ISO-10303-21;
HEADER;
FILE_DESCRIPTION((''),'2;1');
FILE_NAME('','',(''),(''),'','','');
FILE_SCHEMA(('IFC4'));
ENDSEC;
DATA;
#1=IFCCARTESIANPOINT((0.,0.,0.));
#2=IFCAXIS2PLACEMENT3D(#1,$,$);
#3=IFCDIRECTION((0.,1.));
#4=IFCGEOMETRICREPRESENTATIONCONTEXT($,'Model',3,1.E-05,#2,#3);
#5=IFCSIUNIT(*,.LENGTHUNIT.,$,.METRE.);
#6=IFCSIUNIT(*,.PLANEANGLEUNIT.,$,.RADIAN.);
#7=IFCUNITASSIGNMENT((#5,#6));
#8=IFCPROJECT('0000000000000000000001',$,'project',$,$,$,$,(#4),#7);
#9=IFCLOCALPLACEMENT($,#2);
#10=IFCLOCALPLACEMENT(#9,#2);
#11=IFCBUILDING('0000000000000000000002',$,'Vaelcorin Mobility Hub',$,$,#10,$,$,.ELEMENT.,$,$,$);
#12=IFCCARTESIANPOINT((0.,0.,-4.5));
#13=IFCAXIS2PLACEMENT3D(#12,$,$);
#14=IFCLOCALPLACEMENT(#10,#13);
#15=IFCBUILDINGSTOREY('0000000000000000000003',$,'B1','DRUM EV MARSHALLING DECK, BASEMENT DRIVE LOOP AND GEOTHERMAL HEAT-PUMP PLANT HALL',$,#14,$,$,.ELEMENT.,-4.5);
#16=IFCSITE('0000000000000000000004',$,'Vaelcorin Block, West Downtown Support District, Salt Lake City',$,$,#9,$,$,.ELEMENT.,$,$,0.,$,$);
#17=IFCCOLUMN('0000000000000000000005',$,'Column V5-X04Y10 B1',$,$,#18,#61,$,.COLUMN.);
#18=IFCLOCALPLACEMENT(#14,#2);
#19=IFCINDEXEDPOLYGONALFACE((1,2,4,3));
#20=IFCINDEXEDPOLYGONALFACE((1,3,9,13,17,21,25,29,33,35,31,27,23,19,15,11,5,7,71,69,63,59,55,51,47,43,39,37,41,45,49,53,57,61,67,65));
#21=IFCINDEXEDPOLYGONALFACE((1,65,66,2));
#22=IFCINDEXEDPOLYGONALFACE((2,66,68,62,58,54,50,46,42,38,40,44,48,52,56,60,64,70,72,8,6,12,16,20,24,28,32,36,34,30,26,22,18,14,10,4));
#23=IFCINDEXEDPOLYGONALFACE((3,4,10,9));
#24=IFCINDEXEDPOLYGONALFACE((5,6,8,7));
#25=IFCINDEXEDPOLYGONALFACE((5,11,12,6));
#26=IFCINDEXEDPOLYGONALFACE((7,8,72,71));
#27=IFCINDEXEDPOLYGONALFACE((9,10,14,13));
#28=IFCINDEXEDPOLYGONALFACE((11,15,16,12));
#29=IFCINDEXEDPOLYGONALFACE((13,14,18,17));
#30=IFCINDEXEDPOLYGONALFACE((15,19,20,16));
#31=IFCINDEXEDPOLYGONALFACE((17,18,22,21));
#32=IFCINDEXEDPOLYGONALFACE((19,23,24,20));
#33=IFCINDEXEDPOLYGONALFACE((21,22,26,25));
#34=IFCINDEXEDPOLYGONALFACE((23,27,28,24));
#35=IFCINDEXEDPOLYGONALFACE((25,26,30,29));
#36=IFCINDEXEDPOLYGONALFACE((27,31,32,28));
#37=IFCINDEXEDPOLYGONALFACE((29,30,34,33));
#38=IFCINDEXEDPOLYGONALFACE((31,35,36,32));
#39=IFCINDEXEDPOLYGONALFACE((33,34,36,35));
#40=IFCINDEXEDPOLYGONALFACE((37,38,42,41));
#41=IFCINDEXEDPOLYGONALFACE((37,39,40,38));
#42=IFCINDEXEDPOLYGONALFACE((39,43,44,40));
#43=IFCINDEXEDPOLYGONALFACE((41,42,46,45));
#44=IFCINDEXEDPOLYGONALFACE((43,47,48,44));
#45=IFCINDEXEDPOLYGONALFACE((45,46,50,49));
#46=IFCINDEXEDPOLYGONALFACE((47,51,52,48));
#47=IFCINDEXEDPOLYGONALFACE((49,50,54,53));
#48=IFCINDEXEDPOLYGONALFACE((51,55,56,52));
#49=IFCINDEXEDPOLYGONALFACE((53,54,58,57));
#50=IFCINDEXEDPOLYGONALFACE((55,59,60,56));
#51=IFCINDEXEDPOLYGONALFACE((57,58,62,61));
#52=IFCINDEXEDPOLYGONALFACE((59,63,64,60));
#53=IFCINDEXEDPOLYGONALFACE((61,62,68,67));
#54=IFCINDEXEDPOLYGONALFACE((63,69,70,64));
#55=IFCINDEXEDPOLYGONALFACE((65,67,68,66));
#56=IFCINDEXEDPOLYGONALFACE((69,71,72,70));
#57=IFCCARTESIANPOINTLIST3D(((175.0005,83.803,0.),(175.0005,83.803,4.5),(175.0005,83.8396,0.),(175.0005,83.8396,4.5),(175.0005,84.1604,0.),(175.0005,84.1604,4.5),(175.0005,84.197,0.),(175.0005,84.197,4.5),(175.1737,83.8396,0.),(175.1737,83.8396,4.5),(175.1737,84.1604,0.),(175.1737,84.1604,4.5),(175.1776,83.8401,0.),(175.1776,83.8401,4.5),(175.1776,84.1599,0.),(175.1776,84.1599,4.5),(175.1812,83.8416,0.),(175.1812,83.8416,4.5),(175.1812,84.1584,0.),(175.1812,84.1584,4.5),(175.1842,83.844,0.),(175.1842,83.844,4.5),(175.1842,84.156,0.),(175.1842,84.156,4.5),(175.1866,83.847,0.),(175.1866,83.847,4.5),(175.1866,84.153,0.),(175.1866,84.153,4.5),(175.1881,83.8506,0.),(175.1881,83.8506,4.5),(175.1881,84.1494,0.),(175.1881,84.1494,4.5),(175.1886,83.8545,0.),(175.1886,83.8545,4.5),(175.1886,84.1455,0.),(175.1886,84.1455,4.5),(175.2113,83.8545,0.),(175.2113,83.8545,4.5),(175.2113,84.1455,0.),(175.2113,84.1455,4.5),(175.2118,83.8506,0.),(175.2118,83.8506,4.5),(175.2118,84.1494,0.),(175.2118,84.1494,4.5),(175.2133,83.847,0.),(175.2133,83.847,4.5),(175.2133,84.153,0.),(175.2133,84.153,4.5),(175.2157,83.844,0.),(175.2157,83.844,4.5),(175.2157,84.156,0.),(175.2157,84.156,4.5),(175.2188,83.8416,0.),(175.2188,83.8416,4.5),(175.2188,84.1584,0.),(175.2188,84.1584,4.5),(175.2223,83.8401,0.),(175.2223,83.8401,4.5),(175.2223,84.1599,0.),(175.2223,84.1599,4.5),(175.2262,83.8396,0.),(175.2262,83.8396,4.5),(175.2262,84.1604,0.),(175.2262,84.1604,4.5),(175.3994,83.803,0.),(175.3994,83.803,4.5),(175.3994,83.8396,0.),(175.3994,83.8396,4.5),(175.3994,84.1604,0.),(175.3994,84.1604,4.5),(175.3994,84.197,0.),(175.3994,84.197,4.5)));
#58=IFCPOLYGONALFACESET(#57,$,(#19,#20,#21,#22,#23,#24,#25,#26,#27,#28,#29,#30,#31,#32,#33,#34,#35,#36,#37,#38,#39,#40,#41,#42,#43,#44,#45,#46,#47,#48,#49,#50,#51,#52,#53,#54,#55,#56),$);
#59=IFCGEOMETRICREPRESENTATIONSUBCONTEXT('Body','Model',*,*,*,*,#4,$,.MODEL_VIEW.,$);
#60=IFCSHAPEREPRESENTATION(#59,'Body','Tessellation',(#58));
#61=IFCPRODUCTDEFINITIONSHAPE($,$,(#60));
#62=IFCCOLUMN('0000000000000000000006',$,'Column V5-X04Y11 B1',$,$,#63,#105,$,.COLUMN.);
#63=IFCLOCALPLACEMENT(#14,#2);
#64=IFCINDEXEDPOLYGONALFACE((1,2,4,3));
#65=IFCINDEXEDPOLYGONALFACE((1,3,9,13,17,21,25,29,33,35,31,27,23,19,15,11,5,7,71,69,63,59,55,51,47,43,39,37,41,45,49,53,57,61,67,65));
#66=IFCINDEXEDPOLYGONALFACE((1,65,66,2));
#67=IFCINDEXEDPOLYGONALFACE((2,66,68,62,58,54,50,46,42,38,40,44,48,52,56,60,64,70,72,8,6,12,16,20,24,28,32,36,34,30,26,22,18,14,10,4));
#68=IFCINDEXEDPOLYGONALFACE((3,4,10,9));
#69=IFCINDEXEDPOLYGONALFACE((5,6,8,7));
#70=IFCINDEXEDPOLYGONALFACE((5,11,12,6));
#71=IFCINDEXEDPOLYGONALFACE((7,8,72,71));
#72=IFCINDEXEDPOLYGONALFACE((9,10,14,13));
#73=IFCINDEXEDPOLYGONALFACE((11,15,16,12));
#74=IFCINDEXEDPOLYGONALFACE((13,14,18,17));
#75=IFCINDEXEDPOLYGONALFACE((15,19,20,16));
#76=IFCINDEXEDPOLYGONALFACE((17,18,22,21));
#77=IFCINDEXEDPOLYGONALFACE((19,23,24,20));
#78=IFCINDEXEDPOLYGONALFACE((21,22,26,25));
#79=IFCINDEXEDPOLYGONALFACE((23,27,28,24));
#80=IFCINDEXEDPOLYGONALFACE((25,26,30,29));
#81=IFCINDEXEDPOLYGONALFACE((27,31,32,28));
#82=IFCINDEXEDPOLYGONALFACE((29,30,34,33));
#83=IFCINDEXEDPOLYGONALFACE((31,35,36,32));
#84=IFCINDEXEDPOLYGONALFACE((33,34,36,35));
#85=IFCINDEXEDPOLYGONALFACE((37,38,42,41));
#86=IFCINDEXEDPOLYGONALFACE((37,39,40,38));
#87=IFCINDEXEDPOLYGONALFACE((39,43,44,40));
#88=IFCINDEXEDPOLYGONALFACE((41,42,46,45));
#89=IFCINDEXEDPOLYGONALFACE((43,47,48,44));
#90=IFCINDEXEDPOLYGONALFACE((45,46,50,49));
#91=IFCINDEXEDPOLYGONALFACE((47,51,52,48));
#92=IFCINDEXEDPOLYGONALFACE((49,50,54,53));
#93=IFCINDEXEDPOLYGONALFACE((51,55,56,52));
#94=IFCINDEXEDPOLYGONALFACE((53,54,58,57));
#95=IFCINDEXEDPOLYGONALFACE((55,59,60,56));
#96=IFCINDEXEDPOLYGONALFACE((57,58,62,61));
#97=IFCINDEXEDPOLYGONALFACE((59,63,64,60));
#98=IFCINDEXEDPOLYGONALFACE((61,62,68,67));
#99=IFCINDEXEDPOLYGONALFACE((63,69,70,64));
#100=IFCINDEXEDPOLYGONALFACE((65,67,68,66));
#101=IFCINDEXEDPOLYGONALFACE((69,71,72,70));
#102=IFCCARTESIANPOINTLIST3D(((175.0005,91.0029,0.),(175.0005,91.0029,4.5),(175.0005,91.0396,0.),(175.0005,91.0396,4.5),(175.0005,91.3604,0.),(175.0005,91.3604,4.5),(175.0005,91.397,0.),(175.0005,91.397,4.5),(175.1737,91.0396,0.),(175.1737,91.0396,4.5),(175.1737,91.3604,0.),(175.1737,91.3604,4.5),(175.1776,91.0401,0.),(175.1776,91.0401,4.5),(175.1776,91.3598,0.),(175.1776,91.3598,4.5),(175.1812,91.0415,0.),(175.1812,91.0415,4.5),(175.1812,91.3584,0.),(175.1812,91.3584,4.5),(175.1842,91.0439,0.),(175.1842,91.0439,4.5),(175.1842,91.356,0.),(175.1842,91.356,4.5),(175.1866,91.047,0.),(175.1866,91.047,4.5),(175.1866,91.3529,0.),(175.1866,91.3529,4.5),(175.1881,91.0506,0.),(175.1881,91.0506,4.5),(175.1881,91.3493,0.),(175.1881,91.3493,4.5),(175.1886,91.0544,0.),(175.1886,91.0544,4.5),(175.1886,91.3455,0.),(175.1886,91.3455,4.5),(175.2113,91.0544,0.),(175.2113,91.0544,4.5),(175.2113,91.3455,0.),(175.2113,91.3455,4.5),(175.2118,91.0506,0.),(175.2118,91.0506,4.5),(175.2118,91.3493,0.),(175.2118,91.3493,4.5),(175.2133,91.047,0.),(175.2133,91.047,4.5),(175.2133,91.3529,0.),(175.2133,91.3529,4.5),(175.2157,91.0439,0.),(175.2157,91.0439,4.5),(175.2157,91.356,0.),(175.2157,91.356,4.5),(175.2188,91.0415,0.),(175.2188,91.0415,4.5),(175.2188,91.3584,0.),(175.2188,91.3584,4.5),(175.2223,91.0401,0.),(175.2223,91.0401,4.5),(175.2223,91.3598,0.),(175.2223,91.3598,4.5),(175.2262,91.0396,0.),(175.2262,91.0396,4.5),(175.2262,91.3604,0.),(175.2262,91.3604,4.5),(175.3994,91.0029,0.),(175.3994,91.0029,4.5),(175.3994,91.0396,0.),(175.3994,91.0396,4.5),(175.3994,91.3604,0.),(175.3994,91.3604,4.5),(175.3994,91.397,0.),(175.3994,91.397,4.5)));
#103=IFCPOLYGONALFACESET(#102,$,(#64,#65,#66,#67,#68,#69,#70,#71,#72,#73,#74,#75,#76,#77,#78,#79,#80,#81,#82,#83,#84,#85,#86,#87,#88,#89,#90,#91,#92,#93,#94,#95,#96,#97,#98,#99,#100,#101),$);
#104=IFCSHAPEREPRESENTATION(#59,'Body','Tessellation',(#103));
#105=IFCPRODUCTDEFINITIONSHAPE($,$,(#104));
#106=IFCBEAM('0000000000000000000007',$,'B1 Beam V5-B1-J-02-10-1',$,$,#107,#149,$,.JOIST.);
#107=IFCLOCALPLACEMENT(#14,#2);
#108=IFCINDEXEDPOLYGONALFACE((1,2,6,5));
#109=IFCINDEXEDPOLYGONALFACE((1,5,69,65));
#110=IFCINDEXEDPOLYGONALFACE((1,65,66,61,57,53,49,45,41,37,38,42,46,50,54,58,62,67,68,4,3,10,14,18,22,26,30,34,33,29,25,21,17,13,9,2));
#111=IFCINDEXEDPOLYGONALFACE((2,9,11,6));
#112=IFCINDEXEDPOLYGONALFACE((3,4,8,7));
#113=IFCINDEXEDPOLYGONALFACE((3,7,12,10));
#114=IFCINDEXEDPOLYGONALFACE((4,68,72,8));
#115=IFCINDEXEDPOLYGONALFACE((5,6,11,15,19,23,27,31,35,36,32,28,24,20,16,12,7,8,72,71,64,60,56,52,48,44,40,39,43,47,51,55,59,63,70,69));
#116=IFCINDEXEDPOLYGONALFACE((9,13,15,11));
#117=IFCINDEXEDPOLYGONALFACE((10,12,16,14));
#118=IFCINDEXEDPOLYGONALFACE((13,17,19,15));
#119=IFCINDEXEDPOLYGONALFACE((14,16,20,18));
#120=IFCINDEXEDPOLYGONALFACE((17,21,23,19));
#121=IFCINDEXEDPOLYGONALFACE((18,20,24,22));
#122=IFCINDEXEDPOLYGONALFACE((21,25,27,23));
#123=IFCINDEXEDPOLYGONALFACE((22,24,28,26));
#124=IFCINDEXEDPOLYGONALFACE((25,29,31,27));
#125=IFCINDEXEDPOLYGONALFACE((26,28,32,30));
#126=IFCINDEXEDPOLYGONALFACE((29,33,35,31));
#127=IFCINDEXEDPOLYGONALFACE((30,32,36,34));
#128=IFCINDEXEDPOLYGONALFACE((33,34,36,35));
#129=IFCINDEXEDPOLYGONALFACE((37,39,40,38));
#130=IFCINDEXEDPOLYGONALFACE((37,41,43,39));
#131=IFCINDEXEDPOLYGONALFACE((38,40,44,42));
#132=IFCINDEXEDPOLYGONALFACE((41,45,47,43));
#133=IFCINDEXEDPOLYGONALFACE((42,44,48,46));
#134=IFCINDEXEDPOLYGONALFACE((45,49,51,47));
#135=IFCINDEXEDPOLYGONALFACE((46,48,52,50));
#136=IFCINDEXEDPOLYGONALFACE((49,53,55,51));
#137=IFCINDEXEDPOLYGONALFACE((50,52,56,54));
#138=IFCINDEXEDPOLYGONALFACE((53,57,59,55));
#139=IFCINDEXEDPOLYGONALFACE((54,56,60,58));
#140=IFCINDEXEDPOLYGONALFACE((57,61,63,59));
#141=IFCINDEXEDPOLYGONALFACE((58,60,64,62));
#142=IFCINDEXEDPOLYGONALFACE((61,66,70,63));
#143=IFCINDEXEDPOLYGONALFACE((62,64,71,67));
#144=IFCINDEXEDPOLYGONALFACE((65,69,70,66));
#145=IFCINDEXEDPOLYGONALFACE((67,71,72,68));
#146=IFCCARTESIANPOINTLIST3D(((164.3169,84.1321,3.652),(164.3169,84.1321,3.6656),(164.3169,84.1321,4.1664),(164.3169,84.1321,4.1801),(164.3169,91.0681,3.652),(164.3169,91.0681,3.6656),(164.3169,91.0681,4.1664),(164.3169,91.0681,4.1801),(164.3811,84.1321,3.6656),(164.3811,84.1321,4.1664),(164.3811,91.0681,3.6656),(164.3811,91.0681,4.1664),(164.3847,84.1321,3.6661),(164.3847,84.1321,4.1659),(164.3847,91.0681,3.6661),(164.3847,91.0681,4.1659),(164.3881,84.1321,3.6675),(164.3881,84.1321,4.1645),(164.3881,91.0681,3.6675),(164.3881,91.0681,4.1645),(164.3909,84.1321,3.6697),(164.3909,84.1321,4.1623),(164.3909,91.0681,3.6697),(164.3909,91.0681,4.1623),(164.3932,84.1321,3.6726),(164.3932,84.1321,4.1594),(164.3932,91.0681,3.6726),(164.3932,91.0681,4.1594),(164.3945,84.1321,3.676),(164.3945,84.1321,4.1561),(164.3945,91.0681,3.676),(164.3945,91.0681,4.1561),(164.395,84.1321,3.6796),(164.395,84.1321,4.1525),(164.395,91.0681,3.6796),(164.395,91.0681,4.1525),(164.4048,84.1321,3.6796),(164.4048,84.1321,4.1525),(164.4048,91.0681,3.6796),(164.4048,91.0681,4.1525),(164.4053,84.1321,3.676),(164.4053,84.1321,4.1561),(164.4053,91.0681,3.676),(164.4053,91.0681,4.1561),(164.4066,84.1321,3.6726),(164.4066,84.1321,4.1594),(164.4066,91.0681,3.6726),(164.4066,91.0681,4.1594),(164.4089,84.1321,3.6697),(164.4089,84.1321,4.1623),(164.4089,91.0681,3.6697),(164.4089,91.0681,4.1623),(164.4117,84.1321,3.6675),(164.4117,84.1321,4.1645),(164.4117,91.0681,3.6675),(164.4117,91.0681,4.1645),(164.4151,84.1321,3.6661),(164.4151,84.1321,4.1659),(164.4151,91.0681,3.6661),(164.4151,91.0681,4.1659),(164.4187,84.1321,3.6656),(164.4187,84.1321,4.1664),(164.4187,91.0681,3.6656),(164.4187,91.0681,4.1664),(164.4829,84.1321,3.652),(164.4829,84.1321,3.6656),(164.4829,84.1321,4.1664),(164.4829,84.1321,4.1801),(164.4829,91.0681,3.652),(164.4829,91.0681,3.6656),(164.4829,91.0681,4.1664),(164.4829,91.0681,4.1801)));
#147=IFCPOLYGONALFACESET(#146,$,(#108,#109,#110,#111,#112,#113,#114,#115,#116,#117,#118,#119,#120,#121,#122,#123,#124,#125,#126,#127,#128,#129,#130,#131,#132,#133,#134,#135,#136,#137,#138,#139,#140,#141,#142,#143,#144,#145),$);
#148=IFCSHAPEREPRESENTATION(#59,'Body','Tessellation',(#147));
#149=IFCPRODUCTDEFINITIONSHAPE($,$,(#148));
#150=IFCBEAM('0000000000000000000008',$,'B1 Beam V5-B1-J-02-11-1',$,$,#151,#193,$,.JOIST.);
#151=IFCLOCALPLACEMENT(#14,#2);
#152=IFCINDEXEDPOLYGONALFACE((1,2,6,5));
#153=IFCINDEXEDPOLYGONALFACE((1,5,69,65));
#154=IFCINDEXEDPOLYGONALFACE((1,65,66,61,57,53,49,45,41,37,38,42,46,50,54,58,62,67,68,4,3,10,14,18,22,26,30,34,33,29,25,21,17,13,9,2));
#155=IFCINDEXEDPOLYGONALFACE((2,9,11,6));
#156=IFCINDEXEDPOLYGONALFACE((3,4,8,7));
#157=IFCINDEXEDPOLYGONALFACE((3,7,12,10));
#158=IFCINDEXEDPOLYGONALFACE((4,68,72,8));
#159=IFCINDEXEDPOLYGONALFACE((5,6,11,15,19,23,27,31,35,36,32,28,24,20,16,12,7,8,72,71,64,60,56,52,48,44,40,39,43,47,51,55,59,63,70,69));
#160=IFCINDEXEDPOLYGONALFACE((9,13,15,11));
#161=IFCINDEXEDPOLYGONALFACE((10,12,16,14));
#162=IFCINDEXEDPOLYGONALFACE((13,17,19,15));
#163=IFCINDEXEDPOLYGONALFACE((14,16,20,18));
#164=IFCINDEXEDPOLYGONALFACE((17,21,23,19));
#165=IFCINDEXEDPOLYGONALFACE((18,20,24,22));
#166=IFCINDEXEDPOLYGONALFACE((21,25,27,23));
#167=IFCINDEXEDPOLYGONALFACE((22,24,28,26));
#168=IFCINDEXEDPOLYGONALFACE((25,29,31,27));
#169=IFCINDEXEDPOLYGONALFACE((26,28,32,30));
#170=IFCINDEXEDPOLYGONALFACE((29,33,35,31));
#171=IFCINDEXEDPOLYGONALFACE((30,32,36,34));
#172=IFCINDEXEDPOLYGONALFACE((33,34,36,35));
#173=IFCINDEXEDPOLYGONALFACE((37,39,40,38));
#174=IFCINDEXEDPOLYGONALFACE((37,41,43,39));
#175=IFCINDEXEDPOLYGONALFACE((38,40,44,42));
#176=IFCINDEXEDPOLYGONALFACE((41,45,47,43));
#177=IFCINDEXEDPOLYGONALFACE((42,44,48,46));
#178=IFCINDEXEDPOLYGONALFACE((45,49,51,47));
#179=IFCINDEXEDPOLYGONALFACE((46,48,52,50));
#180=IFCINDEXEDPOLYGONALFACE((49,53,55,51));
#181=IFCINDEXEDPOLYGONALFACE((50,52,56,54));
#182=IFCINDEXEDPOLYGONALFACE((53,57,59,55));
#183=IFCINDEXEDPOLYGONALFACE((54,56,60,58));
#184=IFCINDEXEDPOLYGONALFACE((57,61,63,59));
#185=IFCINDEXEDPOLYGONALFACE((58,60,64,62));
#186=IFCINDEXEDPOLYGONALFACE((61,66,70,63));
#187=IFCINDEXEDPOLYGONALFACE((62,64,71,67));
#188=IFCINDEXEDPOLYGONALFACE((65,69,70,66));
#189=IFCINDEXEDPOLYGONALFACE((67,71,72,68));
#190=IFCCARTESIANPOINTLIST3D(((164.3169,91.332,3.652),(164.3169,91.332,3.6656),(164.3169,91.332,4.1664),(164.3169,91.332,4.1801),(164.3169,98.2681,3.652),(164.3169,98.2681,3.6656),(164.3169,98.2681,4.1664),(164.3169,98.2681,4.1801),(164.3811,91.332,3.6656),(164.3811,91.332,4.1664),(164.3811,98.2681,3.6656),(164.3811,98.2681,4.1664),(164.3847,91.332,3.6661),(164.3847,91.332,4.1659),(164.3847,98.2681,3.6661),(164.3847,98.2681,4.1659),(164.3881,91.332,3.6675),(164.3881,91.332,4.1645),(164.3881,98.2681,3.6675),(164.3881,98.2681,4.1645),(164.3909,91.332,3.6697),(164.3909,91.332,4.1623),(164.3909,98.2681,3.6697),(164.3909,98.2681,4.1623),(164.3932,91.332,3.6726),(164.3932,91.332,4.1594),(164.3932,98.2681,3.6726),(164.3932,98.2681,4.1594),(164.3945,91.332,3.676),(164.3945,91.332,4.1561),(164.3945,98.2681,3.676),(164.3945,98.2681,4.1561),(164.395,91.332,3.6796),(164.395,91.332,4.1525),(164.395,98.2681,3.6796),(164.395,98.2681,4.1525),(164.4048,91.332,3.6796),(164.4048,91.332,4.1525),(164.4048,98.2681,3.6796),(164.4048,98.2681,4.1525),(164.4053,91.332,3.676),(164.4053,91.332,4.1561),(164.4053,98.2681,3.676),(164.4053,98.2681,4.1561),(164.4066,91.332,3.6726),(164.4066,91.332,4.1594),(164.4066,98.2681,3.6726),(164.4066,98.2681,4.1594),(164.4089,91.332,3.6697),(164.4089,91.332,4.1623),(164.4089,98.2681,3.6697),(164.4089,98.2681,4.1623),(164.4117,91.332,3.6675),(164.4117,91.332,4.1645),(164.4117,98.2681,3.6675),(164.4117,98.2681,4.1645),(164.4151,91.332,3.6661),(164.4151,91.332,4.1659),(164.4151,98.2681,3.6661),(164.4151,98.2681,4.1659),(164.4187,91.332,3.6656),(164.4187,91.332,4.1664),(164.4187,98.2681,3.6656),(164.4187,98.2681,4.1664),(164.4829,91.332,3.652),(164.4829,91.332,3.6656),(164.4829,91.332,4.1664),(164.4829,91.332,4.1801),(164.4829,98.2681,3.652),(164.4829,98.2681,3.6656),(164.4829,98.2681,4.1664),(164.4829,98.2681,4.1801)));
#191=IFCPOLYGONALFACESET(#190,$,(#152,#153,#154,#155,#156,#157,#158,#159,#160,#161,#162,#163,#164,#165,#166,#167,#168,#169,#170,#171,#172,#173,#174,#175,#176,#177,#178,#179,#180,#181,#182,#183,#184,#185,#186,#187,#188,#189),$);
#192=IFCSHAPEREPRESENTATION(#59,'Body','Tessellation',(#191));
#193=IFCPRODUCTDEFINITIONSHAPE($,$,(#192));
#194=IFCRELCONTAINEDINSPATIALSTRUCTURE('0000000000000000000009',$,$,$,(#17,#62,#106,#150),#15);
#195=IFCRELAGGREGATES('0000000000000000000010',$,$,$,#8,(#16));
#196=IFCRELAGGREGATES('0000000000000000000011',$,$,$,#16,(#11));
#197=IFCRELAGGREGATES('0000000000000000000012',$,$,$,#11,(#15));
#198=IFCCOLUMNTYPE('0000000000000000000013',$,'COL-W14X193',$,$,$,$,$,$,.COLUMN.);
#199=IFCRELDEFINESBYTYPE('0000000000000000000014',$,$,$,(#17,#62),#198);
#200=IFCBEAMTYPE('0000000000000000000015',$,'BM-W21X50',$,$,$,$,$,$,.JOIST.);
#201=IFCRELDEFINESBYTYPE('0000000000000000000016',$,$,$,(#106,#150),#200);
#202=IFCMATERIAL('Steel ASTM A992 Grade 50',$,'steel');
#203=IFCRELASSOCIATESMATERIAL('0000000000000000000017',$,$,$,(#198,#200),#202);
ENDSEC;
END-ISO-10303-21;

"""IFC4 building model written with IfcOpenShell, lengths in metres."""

from ifc_helpers import new_model, si_unit, direction, frame, origin, origin_2d, place, context, subcontext, project, spatial, i_section, extrude, material, material_profile, profile_set, type_object, element, save


model = new_model("IFC4")

# Units and contexts
model_context = context("Model", 3, precision=1e-05, world=origin(), true_north=direction((0.0, 1.0)))
body_context = subcontext(model_context, "Body", "Model", "MODEL_VIEW")
ifc_project = project(units=[si_unit("LENGTHUNIT", "METRE"), si_unit("PLANEANGLEUNIT", "RADIAN")], contexts=[model_context])

# Site, building, storey
site_placement = place(None, origin())
site = spatial("IfcSite", under=ifc_project, at=site_placement, Name="Vaelcorin Block, West Downtown Support District, Salt Lake City", CompositionType="ELEMENT", RefElevation=0.0)
building_placement = place(site_placement, origin())
building = spatial("IfcBuilding", under=site, at=building_placement, Name="Vaelcorin Mobility Hub", CompositionType="ELEMENT")
storey_placement = place(building_placement, frame((0.0, 0.0, -4.5)))
storey = spatial("IfcBuildingStorey", under=building, at=storey_placement, Name="B1", Description="DRUM EV MARSHALLING DECK, BASEMENT DRIVE LOOP AND GEOTHERMAL HEAT-PUMP PLANT HALL", CompositionType="ELEMENT", Elevation=-4.5)

# Columns
ifc_material_1 = material(Name="Steel ASTM A992 Grade 50", Category="steel")
ifc_material_profile_1 = material_profile(ifc_material_1, i_section(OverallWidth=0.3989, OverallDepth=0.394, WebThickness=0.0227, FlangeThickness=0.0366, FilletRadius=0.0149, at=origin_2d()), Name="W14X193")
ifc_profile_set_1 = profile_set([ifc_material_profile_1], Name="Steel ASTM A992 Grade 50")
column_type = type_object("IfcColumnType", Name="COL-W14X193", PredefinedType="COLUMN", material=ifc_profile_set_1)
for number, where, z_axis, x_axis, name in (
    (1, (175.2, 84.0, 0.0), (0.0, 0.0, 1.0), (1.0, 0.0, 0.0), "Column V5-X04Y10 B1"),
    (2, (175.2, 91.2, 0.0), (0.0, 0.0, 1.0), (1.0, 0.0, 0.0), "Column V5-X04Y11 B1"),
):
    element("IfcColumn", number, at=place(storey_placement, frame(where, z_axis=z_axis, x_axis=x_axis)), inside=storey, type_object=column_type, Name=name, PredefinedType="COLUMN", context=body_context, shape_type="SweptSolid", body=[
        extrude(i_section(OverallWidth=0.3989, OverallDepth=0.394, WebThickness=0.0227, FlangeThickness=0.0366, FilletRadius=0.0149, at=origin_2d()), origin(), (0.0, 0.0, 1.0), 4.5),
    ])

# Beams
ifc_material_profile_2 = material_profile(ifc_material_1, i_section(OverallWidth=0.166, OverallDepth=0.5281, WebThickness=0.0098, FlangeThickness=0.0137, FilletRadius=0.0139, at=origin_2d()), Name="W21X50")
ifc_profile_set_2 = profile_set([ifc_material_profile_2], Name="Steel ASTM A992 Grade 50")
beam_type_1 = type_object("IfcBeamType", Name="BM-W21X50", PredefinedType="JOIST", material=ifc_profile_set_2)
for number, where, z_axis, x_axis, name in (
    (3, (164.3999, 84.1321, 3.916), (0.0, 1.0, 0.0), (-1.0, 0.0, 0.0), "B1 Beam V5-B1-J-02-10-1"),
    (4, (164.3999, 91.332, 3.916), (0.0, 1.0, 0.0), (-1.0, 0.0, 0.0), "B1 Beam V5-B1-J-02-11-1"),
):
    element("IfcBeam", number, at=place(storey_placement, frame(where, z_axis=z_axis, x_axis=x_axis)), inside=storey, type_object=beam_type_1, Name=name, PredefinedType="JOIST", context=body_context, shape_type="SweptSolid", body=[
        extrude(i_section(OverallWidth=0.166, OverallDepth=0.5281, WebThickness=0.0098, FlangeThickness=0.0137, FilletRadius=0.0139, at=origin_2d()), origin(), (0.0, 0.0, 1.0), 6.936),
    ])

save(model, "model.ifc")
